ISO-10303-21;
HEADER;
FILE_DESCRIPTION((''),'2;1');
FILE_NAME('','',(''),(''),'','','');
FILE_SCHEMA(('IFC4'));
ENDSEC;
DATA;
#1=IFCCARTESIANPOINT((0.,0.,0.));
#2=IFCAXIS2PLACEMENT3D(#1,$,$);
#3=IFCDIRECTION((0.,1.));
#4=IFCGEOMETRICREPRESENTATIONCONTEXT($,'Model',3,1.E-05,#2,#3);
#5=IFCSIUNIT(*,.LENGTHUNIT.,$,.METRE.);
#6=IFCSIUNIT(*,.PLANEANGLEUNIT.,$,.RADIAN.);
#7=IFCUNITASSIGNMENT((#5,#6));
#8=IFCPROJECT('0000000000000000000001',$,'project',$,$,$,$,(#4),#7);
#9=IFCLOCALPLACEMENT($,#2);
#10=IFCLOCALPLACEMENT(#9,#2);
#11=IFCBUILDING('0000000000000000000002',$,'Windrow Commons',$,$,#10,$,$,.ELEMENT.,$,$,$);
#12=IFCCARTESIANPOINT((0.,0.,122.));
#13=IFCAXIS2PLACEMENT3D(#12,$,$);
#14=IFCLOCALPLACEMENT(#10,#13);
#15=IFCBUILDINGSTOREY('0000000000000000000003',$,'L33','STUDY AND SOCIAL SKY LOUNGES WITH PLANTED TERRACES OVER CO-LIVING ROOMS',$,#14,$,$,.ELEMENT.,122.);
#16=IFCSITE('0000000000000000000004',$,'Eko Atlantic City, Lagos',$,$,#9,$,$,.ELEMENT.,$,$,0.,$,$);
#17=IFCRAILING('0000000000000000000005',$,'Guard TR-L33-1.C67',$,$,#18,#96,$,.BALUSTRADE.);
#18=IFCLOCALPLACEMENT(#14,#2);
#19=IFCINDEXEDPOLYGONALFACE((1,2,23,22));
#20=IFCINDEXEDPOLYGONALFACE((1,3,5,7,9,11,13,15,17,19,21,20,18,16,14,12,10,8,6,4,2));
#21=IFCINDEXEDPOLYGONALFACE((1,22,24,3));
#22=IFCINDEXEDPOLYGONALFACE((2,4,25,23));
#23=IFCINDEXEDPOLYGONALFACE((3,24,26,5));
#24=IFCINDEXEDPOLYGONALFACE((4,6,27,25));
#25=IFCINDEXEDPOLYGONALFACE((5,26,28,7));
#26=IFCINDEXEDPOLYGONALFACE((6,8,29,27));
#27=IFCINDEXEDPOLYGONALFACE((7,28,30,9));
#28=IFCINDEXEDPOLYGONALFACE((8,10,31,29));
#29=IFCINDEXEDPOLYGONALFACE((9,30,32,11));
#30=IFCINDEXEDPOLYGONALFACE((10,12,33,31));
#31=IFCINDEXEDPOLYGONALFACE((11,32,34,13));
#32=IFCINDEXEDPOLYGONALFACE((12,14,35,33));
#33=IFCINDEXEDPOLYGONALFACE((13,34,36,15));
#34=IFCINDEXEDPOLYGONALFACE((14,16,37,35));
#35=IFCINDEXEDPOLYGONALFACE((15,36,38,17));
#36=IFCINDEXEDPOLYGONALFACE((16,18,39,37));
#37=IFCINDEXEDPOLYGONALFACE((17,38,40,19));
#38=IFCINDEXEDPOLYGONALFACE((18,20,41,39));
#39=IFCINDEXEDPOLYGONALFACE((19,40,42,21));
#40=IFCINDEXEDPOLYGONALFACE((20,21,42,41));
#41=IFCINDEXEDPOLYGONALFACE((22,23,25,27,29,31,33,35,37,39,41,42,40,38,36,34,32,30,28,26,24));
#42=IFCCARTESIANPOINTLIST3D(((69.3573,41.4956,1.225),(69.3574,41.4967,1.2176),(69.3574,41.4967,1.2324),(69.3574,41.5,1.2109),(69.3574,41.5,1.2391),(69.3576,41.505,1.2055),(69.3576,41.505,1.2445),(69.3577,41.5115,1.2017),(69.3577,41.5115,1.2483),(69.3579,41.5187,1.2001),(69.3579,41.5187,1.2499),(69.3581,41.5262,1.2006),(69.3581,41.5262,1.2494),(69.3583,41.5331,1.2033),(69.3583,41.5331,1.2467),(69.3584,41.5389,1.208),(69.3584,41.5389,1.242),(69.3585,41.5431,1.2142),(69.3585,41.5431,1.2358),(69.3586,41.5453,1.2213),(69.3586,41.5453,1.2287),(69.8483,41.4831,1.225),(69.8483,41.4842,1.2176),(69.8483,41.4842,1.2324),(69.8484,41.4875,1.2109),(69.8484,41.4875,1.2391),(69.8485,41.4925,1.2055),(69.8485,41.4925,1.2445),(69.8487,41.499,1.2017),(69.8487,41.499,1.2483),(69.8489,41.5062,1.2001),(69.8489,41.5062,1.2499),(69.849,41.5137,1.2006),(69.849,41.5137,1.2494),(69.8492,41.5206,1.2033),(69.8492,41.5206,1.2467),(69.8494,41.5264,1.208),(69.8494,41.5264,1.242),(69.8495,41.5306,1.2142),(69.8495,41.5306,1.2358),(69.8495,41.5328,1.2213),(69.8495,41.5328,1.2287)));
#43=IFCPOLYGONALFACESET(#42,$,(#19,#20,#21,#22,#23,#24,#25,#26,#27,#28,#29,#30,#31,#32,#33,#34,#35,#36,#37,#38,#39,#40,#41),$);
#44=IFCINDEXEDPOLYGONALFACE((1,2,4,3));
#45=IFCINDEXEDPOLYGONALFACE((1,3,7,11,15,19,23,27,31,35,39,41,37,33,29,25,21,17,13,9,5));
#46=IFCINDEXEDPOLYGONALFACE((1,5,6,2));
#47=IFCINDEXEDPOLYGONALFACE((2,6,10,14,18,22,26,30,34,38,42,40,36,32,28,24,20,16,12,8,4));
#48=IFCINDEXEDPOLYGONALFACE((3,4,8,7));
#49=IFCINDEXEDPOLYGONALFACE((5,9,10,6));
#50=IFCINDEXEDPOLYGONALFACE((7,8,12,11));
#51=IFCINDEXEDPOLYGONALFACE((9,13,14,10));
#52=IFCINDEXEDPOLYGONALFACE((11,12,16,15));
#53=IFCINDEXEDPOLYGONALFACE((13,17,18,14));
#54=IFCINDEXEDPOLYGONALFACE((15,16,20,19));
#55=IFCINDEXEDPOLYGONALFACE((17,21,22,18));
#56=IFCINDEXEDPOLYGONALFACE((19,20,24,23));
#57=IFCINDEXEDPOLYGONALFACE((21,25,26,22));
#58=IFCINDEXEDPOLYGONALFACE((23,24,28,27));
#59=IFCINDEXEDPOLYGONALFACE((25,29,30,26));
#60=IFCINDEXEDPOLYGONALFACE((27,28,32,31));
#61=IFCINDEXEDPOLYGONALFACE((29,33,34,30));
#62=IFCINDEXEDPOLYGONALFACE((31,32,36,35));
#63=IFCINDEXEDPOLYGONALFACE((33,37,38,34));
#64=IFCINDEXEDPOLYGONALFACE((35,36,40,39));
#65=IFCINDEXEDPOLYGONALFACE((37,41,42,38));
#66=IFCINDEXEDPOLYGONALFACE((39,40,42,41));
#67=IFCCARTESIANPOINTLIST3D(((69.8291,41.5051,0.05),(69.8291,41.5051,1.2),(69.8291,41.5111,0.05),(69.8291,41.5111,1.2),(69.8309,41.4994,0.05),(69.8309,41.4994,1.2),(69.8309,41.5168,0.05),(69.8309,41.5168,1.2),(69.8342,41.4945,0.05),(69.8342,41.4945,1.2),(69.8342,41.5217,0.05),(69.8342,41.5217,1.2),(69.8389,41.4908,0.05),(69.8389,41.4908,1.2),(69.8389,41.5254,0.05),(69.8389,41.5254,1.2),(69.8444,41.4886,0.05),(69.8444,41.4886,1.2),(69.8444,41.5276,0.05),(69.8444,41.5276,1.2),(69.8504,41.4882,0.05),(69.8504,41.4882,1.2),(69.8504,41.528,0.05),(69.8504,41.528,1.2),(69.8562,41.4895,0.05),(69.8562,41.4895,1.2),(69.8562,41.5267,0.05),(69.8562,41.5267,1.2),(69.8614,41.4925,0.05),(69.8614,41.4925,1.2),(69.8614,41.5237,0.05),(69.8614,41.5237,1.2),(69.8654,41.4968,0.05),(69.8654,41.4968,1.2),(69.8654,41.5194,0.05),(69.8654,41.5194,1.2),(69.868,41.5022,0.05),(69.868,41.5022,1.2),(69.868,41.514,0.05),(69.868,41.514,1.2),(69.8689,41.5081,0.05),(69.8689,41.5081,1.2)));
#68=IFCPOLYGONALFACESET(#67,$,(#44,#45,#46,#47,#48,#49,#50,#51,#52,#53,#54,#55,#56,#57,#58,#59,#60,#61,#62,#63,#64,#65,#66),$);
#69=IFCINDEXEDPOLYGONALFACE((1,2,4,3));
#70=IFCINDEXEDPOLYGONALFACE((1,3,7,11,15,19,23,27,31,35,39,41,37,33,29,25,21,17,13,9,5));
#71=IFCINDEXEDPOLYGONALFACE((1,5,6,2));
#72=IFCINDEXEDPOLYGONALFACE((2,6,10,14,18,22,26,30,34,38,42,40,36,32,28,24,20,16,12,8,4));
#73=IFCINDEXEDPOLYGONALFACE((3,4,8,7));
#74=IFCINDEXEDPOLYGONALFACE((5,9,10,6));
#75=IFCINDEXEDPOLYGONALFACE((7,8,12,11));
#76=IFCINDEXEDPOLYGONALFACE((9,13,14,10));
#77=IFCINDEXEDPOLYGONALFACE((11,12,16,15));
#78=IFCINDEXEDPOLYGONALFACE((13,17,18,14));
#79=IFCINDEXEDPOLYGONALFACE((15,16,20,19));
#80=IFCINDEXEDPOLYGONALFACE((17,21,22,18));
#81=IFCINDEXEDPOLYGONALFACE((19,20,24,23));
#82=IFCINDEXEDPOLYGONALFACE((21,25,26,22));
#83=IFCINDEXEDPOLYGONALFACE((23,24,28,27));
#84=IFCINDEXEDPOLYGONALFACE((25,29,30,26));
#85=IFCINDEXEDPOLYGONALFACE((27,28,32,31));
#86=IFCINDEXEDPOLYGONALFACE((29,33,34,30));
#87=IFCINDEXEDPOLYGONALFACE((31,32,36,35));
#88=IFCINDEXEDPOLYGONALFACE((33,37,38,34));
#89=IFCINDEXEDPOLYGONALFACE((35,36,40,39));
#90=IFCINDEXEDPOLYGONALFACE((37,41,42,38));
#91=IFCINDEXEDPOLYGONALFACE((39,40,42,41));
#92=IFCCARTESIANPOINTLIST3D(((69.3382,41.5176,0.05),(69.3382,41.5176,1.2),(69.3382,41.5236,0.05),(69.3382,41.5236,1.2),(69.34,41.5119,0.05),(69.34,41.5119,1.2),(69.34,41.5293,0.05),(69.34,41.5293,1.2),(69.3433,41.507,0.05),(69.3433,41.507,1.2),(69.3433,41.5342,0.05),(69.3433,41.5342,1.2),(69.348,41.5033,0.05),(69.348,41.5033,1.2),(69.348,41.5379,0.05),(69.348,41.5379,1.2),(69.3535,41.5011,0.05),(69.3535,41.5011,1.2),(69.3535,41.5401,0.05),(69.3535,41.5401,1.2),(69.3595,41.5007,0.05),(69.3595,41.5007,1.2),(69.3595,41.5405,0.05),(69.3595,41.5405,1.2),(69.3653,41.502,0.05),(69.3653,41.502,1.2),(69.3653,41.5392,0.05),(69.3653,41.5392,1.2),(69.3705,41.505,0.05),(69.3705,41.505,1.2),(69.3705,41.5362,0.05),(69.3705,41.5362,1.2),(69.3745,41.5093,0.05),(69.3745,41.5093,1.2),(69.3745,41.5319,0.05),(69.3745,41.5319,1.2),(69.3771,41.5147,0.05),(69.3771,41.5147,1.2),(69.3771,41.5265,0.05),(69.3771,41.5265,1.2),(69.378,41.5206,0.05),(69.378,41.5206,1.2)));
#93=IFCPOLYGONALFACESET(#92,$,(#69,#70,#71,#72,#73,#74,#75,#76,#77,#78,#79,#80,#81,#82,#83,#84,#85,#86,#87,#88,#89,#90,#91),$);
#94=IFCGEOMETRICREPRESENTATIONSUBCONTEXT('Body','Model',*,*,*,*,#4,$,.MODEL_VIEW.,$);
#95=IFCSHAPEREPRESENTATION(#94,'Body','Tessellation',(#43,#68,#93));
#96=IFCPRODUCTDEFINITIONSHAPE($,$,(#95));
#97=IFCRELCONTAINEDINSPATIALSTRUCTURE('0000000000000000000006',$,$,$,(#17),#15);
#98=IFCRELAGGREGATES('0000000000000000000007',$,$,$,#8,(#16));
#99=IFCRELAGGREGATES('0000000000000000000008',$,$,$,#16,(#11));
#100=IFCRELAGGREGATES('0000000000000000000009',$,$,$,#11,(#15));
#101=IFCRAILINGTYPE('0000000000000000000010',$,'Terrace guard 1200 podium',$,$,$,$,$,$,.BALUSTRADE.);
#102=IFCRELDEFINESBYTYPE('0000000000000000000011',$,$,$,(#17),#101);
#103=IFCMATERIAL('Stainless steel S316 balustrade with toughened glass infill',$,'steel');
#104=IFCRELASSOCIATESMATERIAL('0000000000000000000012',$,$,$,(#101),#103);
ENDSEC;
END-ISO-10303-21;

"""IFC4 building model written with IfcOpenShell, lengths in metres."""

from ifc_helpers import new_model, si_unit, direction, frame, origin, origin_2d, place, context, subcontext, project, spatial, circle, extrude, material, type_object, element, save


model = new_model("IFC4")

# Units and contexts
model_context = context("Model", 3, precision=1e-05, world=origin(), true_north=direction((0.0, 1.0)))
body_context = subcontext(model_context, "Body", "Model", "MODEL_VIEW")
ifc_project = project(units=[si_unit("LENGTHUNIT", "METRE"), si_unit("PLANEANGLEUNIT", "RADIAN")], contexts=[model_context])

# Site, building, storey
site_placement = place(None, origin())
site = spatial("IfcSite", under=ifc_project, at=site_placement, Name="Eko Atlantic City, Lagos", CompositionType="ELEMENT", RefElevation=0.0)
building_placement = place(site_placement, origin())
building = spatial("IfcBuilding", under=site, at=building_placement, Name="Windrow Commons", CompositionType="ELEMENT")
storey_placement = place(building_placement, frame((0.0, 0.0, 122.0)))
storey = spatial("IfcBuildingStorey", under=building, at=storey_placement, Name="L33", Description="STUDY AND SOCIAL SKY LOUNGES WITH PLANTED TERRACES OVER CO-LIVING ROOMS", CompositionType="ELEMENT", Elevation=122.0)

# Railing
ifc_material_1 = material(Name="Stainless steel S316 balustrade with toughened glass infill", Category="steel")
railing_type_1 = type_object("IfcRailingType", Name="Terrace guard 1200 podium", PredefinedType="BALUSTRADE", material=ifc_material_1)
railing_1_placement = place(storey_placement, frame((69.8489, 41.5081, 0.05)))
element("IfcRailing", 1, at=railing_1_placement, inside=storey, type_object=railing_type_1, Name="Guard TR-L33-1.C67", PredefinedType="BALUSTRADE", context=body_context, shape_type="SweptSolid", body=[
    extrude(circle(Radius=0.025, at=origin_2d()), frame((0.0, 0.0, 1.175), z_axis=(-0.999676, 0.025455, 0.0), x_axis=(-0.025455, -0.999676, 0.0)), (0.0, 0.0, 1.0), 0.4911),
    extrude(circle(Radius=0.02, at=origin_2d()), origin(), (0.0, 0.0, 1.0), 1.15),
    extrude(circle(Radius=0.02, at=origin_2d()), frame((-0.4909, 0.0125, 0.0)), (0.0, 0.0, 1.0), 1.15),
])

save(model, "model.ifc")
